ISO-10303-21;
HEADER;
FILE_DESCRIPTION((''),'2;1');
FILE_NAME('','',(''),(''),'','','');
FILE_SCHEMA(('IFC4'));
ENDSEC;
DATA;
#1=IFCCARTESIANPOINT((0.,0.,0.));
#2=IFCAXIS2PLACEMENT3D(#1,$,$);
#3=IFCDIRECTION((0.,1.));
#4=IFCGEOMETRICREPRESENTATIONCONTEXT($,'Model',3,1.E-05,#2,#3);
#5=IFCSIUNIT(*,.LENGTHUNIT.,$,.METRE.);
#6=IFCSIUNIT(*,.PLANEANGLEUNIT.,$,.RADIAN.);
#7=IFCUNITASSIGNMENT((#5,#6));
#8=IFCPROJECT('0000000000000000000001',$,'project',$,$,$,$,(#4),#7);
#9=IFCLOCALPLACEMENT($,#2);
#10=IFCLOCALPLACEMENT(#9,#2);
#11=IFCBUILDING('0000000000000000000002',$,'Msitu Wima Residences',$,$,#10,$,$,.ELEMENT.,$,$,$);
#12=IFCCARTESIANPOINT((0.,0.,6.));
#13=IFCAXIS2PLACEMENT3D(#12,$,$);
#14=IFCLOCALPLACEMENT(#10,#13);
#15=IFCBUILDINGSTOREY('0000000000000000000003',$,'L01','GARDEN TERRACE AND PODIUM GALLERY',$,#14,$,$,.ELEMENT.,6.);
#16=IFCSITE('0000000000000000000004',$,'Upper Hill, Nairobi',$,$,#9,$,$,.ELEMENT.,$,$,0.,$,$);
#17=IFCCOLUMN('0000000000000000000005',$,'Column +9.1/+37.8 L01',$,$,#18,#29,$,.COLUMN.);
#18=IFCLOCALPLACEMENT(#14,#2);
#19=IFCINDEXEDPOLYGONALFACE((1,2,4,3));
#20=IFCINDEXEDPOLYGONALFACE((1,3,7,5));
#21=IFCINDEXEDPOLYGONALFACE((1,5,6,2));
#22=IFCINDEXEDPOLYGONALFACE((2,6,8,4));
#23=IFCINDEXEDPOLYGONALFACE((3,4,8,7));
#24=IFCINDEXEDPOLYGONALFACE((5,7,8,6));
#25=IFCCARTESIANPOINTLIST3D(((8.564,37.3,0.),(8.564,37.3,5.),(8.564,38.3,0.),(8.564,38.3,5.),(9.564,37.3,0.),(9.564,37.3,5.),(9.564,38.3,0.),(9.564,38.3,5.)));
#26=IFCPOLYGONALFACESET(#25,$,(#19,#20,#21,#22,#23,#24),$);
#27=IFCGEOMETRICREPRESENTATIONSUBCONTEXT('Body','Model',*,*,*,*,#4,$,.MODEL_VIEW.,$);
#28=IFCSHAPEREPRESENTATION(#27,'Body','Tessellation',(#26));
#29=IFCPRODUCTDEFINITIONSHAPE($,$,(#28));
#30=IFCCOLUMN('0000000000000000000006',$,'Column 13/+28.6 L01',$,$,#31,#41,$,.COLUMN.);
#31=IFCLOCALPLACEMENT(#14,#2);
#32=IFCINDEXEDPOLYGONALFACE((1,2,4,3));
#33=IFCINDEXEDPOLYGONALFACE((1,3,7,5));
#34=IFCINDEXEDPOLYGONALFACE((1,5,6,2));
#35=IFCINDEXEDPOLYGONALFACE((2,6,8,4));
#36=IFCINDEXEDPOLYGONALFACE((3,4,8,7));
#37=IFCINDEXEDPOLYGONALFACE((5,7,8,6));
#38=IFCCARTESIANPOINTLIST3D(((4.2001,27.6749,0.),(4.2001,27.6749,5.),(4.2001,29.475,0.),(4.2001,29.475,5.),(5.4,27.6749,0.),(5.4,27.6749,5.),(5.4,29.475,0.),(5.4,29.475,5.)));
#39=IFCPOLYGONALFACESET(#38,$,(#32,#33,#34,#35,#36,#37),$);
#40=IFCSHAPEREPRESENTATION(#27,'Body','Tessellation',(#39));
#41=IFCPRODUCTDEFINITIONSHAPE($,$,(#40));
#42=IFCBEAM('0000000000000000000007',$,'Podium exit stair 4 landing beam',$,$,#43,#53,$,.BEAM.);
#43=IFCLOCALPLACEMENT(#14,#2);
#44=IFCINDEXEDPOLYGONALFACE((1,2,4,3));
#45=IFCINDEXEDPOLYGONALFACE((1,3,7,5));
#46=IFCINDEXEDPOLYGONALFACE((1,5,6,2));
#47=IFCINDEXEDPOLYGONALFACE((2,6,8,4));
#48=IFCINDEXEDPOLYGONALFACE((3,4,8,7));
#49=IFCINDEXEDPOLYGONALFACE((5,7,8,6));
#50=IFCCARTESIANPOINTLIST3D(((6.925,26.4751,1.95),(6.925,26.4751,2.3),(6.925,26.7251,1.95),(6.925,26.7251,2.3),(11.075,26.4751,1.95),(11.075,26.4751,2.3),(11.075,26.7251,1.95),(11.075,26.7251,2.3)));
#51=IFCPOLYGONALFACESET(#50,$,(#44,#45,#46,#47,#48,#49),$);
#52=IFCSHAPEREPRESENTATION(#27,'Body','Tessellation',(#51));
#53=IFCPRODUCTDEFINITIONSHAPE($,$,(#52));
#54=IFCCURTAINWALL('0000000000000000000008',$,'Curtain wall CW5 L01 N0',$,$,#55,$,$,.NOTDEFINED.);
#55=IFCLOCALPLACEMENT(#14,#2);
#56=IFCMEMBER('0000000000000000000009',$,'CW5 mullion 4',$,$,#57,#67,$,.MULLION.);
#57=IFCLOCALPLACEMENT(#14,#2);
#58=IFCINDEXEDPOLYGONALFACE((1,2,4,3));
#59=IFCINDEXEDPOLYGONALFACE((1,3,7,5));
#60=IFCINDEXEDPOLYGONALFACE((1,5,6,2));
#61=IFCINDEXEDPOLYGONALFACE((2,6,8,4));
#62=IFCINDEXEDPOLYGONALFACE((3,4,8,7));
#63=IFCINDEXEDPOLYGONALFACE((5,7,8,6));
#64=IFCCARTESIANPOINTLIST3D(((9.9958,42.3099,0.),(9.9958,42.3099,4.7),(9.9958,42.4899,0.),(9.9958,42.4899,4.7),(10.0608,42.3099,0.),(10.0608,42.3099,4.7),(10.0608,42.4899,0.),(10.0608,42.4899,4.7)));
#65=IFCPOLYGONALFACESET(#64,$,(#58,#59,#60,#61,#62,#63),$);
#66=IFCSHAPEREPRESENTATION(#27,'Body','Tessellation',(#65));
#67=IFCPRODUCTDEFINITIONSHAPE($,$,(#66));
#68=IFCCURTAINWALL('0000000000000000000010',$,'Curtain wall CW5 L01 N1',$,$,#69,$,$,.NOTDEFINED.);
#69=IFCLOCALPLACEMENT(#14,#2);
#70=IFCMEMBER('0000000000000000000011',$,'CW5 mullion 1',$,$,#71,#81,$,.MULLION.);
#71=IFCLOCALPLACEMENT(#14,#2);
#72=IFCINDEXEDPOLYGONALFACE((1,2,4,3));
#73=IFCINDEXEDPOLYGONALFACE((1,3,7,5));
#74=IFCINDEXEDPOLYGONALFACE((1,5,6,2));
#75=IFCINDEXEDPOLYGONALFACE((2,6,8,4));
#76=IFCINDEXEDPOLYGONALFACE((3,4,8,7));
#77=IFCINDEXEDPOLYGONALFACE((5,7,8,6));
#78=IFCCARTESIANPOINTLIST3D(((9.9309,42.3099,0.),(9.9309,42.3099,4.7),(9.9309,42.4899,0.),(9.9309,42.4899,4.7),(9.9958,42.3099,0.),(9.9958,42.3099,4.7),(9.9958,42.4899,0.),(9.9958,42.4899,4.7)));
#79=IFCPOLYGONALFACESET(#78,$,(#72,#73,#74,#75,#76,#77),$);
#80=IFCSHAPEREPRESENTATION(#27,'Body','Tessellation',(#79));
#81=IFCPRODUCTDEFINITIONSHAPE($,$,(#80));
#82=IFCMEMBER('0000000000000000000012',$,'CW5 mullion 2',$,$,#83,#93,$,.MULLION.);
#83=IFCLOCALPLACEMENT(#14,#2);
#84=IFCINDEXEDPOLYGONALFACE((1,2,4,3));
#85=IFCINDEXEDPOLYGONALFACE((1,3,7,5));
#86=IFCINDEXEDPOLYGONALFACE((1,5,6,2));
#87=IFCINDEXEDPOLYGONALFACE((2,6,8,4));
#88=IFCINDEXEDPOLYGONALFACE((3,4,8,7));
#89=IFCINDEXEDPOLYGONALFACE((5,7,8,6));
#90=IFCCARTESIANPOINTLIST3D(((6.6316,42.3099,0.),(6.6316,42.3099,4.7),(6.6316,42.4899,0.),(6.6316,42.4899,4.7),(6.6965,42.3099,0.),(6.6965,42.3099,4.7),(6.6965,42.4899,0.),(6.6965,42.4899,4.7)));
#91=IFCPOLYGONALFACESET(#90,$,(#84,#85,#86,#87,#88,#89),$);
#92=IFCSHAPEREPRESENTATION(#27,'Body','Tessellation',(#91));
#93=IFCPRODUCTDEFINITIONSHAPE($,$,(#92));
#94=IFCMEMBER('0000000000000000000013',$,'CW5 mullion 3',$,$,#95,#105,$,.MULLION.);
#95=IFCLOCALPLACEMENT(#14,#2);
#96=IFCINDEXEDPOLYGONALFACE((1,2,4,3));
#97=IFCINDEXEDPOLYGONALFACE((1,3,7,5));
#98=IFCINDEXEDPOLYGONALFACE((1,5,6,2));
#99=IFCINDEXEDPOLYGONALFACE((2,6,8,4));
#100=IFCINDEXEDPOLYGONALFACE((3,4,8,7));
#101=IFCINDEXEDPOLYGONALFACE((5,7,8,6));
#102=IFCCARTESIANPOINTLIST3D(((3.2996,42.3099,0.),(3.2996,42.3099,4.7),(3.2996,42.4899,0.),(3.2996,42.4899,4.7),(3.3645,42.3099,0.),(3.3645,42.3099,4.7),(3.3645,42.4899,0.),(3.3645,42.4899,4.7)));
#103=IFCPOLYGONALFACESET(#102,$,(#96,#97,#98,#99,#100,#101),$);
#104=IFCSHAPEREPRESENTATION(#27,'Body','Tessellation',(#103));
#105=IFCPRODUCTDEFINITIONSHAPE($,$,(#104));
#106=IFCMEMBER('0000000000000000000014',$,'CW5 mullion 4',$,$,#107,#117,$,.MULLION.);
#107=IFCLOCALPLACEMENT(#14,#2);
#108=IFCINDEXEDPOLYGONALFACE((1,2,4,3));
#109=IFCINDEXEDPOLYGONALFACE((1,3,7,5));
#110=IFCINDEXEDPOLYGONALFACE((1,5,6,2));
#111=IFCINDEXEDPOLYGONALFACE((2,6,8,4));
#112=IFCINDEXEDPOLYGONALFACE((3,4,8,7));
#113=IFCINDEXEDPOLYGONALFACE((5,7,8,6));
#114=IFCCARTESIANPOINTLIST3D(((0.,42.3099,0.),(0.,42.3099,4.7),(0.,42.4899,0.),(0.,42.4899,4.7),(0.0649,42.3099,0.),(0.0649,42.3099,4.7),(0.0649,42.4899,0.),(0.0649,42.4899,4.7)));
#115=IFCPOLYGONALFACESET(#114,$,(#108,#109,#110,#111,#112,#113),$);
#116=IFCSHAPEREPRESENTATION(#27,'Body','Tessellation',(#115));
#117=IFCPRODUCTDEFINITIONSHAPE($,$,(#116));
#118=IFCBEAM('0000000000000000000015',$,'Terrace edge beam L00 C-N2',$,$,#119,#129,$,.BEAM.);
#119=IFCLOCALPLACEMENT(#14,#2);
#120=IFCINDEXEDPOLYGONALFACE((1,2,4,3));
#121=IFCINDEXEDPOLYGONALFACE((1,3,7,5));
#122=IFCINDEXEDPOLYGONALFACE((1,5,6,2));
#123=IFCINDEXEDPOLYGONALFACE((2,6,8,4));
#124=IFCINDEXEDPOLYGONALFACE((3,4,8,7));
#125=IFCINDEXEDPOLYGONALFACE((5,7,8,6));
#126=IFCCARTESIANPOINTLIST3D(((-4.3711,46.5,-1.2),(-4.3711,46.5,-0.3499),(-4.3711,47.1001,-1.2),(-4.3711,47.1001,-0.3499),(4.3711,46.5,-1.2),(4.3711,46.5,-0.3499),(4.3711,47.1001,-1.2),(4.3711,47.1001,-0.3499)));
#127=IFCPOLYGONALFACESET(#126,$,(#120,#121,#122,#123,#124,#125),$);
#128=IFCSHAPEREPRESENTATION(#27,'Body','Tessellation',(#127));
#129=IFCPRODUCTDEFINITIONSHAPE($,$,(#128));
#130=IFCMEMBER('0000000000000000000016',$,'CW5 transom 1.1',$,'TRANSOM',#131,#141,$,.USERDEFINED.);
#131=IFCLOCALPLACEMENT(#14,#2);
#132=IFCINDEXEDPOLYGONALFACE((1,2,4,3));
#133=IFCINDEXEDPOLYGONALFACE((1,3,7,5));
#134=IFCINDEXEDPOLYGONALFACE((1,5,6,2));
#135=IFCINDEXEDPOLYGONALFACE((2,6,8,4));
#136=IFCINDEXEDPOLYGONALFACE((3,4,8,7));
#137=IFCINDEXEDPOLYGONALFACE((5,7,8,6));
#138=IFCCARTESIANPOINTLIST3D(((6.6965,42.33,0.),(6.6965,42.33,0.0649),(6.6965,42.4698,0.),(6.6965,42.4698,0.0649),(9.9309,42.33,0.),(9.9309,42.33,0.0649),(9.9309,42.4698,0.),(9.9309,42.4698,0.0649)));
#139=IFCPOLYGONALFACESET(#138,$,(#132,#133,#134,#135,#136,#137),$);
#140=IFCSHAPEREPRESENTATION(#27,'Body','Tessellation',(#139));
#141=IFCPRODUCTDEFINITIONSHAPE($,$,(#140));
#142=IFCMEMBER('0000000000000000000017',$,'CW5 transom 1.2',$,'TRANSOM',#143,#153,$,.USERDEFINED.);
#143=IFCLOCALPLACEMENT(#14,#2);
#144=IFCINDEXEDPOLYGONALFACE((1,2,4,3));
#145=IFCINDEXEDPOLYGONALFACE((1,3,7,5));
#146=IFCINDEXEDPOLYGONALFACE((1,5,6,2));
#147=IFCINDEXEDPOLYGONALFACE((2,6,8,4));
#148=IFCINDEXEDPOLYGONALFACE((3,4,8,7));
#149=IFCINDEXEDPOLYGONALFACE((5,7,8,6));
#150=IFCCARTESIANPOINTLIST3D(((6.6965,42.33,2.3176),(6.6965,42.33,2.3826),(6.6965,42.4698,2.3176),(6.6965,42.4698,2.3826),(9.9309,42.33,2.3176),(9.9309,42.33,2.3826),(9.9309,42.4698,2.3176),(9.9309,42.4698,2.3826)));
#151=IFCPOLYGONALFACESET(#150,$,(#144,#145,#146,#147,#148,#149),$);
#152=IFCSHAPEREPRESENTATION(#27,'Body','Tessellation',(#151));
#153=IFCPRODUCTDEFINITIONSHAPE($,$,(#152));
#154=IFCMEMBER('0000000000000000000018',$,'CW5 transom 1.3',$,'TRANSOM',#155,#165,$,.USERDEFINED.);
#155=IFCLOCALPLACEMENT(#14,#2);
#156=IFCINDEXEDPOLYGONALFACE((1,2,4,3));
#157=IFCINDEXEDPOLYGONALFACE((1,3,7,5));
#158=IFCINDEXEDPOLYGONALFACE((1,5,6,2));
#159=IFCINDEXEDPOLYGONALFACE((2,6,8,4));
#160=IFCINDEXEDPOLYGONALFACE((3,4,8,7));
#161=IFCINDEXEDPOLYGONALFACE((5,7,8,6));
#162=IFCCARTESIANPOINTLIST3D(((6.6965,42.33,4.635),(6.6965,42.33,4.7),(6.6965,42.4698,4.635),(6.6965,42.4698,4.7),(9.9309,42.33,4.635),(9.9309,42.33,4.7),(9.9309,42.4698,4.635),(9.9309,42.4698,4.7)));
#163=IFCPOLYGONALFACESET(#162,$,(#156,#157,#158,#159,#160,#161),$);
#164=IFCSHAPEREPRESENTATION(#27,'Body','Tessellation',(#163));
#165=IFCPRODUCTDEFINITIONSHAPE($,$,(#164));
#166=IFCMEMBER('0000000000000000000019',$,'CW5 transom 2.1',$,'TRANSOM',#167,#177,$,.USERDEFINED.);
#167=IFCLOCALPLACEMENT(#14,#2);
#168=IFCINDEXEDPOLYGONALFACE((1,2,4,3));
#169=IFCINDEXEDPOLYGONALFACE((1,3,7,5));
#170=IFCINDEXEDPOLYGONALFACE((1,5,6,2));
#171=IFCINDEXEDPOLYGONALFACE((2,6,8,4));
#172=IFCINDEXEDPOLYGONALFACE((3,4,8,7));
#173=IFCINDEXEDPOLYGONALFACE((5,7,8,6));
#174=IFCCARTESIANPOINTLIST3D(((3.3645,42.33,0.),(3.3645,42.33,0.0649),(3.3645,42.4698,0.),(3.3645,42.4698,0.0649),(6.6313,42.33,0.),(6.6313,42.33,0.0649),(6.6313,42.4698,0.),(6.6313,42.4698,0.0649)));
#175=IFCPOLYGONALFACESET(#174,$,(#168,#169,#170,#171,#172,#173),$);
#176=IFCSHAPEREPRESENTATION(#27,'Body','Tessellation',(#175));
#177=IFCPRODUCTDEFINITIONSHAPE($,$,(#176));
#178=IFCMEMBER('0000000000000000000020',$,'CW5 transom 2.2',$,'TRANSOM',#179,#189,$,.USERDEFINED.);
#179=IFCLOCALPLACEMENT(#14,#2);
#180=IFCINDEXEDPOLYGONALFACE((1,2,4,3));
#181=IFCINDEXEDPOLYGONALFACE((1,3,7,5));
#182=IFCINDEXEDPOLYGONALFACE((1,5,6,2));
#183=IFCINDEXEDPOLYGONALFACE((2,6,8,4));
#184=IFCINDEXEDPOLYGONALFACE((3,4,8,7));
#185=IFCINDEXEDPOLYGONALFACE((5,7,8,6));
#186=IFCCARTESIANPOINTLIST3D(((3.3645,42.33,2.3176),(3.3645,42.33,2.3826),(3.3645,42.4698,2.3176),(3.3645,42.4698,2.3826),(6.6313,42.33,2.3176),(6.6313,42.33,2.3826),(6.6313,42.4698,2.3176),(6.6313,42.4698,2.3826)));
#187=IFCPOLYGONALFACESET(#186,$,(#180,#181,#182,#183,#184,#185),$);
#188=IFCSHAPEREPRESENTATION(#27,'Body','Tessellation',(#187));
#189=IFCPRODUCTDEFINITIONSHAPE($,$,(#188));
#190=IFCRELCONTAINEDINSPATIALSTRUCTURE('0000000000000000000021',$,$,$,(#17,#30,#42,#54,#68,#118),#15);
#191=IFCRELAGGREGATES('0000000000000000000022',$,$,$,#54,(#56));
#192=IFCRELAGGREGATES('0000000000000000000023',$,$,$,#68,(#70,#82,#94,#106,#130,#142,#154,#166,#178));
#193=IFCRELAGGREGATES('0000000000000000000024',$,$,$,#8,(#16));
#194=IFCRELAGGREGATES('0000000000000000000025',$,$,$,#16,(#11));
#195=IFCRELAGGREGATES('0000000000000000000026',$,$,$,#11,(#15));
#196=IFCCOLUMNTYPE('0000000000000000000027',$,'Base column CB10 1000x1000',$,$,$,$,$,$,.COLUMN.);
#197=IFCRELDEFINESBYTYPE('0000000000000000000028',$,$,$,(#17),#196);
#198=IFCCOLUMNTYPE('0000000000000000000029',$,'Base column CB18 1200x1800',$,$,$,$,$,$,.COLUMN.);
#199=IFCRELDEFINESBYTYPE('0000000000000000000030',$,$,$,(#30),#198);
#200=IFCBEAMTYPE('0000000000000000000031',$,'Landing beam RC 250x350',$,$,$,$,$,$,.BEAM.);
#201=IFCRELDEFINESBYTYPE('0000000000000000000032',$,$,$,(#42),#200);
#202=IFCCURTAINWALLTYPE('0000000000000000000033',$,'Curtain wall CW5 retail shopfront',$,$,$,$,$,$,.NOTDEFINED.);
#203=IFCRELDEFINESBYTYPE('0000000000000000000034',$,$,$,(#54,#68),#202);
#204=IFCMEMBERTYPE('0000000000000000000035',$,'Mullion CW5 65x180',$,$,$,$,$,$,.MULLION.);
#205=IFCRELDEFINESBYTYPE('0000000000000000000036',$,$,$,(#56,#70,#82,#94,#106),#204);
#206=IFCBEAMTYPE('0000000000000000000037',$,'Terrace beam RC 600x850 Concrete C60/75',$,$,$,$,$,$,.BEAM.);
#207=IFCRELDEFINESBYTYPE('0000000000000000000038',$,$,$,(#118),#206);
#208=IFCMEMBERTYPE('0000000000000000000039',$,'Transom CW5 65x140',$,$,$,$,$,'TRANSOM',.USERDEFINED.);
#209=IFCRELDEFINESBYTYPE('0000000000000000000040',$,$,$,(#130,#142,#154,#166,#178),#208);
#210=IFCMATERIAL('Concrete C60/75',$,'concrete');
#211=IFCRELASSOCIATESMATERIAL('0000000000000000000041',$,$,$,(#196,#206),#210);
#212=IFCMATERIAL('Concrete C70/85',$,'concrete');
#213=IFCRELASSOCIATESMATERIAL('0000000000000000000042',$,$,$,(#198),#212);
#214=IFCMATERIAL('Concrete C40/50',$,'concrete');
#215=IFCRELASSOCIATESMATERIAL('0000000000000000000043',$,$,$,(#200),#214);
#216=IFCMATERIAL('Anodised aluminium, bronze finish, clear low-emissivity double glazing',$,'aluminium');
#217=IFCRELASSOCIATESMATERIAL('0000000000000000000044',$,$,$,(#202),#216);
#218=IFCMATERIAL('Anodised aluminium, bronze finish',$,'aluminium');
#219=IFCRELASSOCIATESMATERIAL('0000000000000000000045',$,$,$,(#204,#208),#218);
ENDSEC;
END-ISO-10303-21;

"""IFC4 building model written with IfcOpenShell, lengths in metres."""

from ifc_helpers import new_model, si_unit, direction, frame, origin, origin_2d, place, context, subcontext, project, spatial, rectangle, extrude, material, material_profile, profile_set, type_object, element, aggregate, save


model = new_model("IFC4")

# Units and contexts
model_context = context("Model", 3, precision=1e-05, world=origin(), true_north=direction((0.0, 1.0)))
body_context = subcontext(model_context, "Body", "Model", "MODEL_VIEW")
ifc_project = project(units=[si_unit("LENGTHUNIT", "METRE"), si_unit("PLANEANGLEUNIT", "RADIAN")], contexts=[model_context])

# Site, building, storey
site_placement = place(None, origin())
site = spatial("IfcSite", under=ifc_project, at=site_placement, Name="Upper Hill, Nairobi", CompositionType="ELEMENT", RefElevation=0.0)
building_placement = place(site_placement, origin())
building = spatial("IfcBuilding", under=site, at=building_placement, Name="Msitu Wima Residences", CompositionType="ELEMENT")
storey_placement = place(building_placement, frame((0.0, 0.0, 6.0)))
storey = spatial("IfcBuildingStorey", under=building, at=storey_placement, Name="L01", Description="GARDEN TERRACE AND PODIUM GALLERY", CompositionType="ELEMENT", Elevation=6.0)

# Columns
ifc_material_1 = material(Name="Concrete C60/75", Category="concrete")
ifc_material_profile_1 = material_profile(ifc_material_1, rectangle(XDim=1.0, YDim=1.0, at=origin_2d()), Name="RC 1000x1000")
ifc_profile_set_1 = profile_set([ifc_material_profile_1], Name="Concrete C60/75")
column_type_1 = type_object("IfcColumnType", Name="Base column CB10 1000x1000", PredefinedType="COLUMN", material=ifc_profile_set_1)
column_1_placement = place(storey_placement, frame((9.064, 37.8, 0.0), z_axis=(0.0, 0.0, 1.0), x_axis=(1.0, 0.0, 0.0)))
element("IfcColumn", 1, at=column_1_placement, inside=storey, type_object=column_type_1, Name="Column +9.1/+37.8 L01", PredefinedType="COLUMN", context=body_context, shape_type="SweptSolid", body=[
    extrude(rectangle(XDim=1.0, YDim=1.0, at=origin_2d()), origin(), (0.0, 0.0, 1.0), 5.0),
])
ifc_material_2 = material(Name="Concrete C70/85", Category="concrete")
ifc_material_profile_2 = material_profile(ifc_material_2, rectangle(XDim=1.2, YDim=1.8, at=origin_2d()), Name="RC 1200x1800")
ifc_profile_set_2 = profile_set([ifc_material_profile_2], Name="Concrete C70/85")
column_type_2 = type_object("IfcColumnType", Name="Base column CB18 1200x1800", PredefinedType="COLUMN", material=ifc_profile_set_2)
column_2_placement = place(storey_placement, frame((4.8, 28.575, 0.0), z_axis=(0.0, 0.0, 1.0), x_axis=(-1.0, 0.0, 0.0)))
element("IfcColumn", 2, at=column_2_placement, inside=storey, type_object=column_type_2, Name="Column 13/+28.6 L01", PredefinedType="COLUMN", context=body_context, shape_type="SweptSolid", body=[
    extrude(rectangle(XDim=1.2, YDim=1.8, at=origin_2d()), origin(), (0.0, 0.0, 1.0), 5.0),
])

# Beam
ifc_material_3 = material(Name="Concrete C40/50", Category="concrete")
ifc_material_profile_3 = material_profile(ifc_material_3, rectangle(XDim=0.25, YDim=0.3501, at=origin_2d()), Name="RC 250x350")
ifc_profile_set_3 = profile_set([ifc_material_profile_3], Name="Concrete C40/50")
beam_type_1 = type_object("IfcBeamType", Name="Landing beam RC 250x350", PredefinedType="BEAM", material=ifc_profile_set_3)
beam_1_placement = place(storey_placement, frame((6.925, 26.6001, 2.125), z_axis=(1.0, 0.0, 0.0), x_axis=(0.0, 1.0, 0.0)))
element("IfcBeam", 3, at=beam_1_placement, inside=storey, type_object=beam_type_1, Name="Podium exit stair 4 landing beam", PredefinedType="BEAM", context=body_context, shape_type="SweptSolid", body=[
    extrude(rectangle(XDim=0.25, YDim=0.3501, at=origin_2d()), origin(), (0.0, 0.0, 1.0), 4.1499),
])

# Curtain wall, member
ifc_material_4 = material(Name="Anodised aluminium, bronze finish, clear low-emissivity double glazing", Category="aluminium")
curtain_wall_type = type_object("IfcCurtainWallType", Name="Curtain wall CW5 retail shopfront", PredefinedType="NOTDEFINED", material=ifc_material_4)
curtain_wall_1_placement = place(storey_placement, origin())
curtain_wall_1 = element("IfcCurtainWall", 4, at=curtain_wall_1_placement, inside=storey, type_object=curtain_wall_type, Name="Curtain wall CW5 L01 N0", PredefinedType="NOTDEFINED")
ifc_material_5 = material(Name="Anodised aluminium, bronze finish", Category="aluminium")
ifc_material_profile_4 = material_profile(ifc_material_5, rectangle(XDim=0.1799, YDim=0.0649, at=origin_2d()), Name="Mullion 65x180")
ifc_profile_set_4 = profile_set([ifc_material_profile_4], Name="Anodised aluminium, bronze finish")
member_type_1 = type_object("IfcMemberType", Name="Mullion CW5 65x180", PredefinedType="MULLION", material=ifc_profile_set_4)
member_1_placement = place(storey_placement, frame((10.0283, 42.3999, 0.0), z_axis=(0.0, 0.0, 1.0), x_axis=(0.0, -1.0, 0.0)))
member_1 = element("IfcMember", 5, at=member_1_placement, type_object=member_type_1, Name="CW5 mullion 4", PredefinedType="MULLION", context=body_context, shape_type="SweptSolid", body=[
    extrude(rectangle(XDim=0.1799, YDim=0.0649, at=origin_2d()), origin(), (0.0, 0.0, 1.0), 4.7),
])
aggregate(curtain_wall_1, [member_1])

# Curtain wall, members
curtain_wall_2_placement = place(storey_placement, origin())
curtain_wall_2 = element("IfcCurtainWall", 6, at=curtain_wall_2_placement, inside=storey, type_object=curtain_wall_type, Name="Curtain wall CW5 L01 N1", PredefinedType="NOTDEFINED")
member_2_placement = place(storey_placement, frame((9.9634, 42.3999, 0.0), z_axis=(0.0, 0.0, 1.0), x_axis=(0.0, -1.0, 0.0)))
member_2 = element("IfcMember", 7, at=member_2_placement, type_object=member_type_1, Name="CW5 mullion 1", PredefinedType="MULLION", context=body_context, shape_type="SweptSolid", body=[
    extrude(rectangle(XDim=0.1799, YDim=0.0649, at=origin_2d()), origin(), (0.0, 0.0, 1.0), 4.7),
])
member_3_placement = place(storey_placement, frame((6.6641, 42.3999, 0.0), z_axis=(0.0, 0.0, 1.0), x_axis=(0.0, -1.0, 0.0)))
member_3 = element("IfcMember", 8, at=member_3_placement, type_object=member_type_1, Name="CW5 mullion 2", PredefinedType="MULLION", context=body_context, shape_type="SweptSolid", body=[
    extrude(rectangle(XDim=0.1799, YDim=0.0649, at=origin_2d()), origin(), (0.0, 0.0, 1.0), 4.7),
])
member_4_placement = place(storey_placement, frame((3.332, 42.3999, 0.0), z_axis=(0.0, 0.0, 1.0), x_axis=(0.0, -1.0, 0.0)))
member_4 = element("IfcMember", 9, at=member_4_placement, type_object=member_type_1, Name="CW5 mullion 3", PredefinedType="MULLION", context=body_context, shape_type="SweptSolid", body=[
    extrude(rectangle(XDim=0.1799, YDim=0.0649, at=origin_2d()), origin(), (0.0, 0.0, 1.0), 4.7),
])
member_5_placement = place(storey_placement, frame((0.0325, 42.3999, 0.0), z_axis=(0.0, 0.0, 1.0), x_axis=(0.0, -1.0, 0.0)))
member_5 = element("IfcMember", 10, at=member_5_placement, type_object=member_type_1, Name="CW5 mullion 4", PredefinedType="MULLION", context=body_context, shape_type="SweptSolid", body=[
    extrude(rectangle(XDim=0.1799, YDim=0.0649, at=origin_2d()), origin(), (0.0, 0.0, 1.0), 4.7),
])

# Beam
ifc_material_profile_5 = material_profile(ifc_material_1, rectangle(XDim=0.6001, YDim=0.8501, at=origin_2d()), Name="RC 600x850")
ifc_profile_set_5 = profile_set([ifc_material_profile_5], Name="Concrete C60/75")
beam_type_2 = type_object("IfcBeamType", Name="Terrace beam RC 600x850 Concrete C60/75", PredefinedType="BEAM", material=ifc_profile_set_5)
beam_2_placement = place(storey_placement, frame((4.3711, 46.8, -0.7749), z_axis=(-1.0, 0.0, 0.0), x_axis=(0.0, -1.0, 0.0)))
element("IfcBeam", 11, at=beam_2_placement, inside=storey, type_object=beam_type_2, Name="Terrace edge beam L00 C-N2", PredefinedType="BEAM", context=body_context, shape_type="SweptSolid", body=[
    extrude(rectangle(XDim=0.6001, YDim=0.8501, at=origin_2d()), origin(), (0.0, 0.0, 1.0), 8.7422),
])

# Members
ifc_material_profile_6 = material_profile(ifc_material_5, rectangle(XDim=0.1399, YDim=0.0649, at=origin_2d()), Name="Transom 65x140")
ifc_profile_set_6 = profile_set([ifc_material_profile_6], Name="Anodised aluminium, bronze finish")
member_type_2 = type_object("IfcMemberType", Name="Transom CW5 65x140", ElementType="TRANSOM", PredefinedType="USERDEFINED", material=ifc_profile_set_6)
member_6_placement = place(storey_placement, frame((9.9309, 42.3999, 0.0325), z_axis=(-1.0, 0.0, 0.0), x_axis=(0.0, -1.0, 0.0)))
member_6 = element("IfcMember", 12, at=member_6_placement, type_object=member_type_2, Name="CW5 transom 1.1", ObjectType="TRANSOM", PredefinedType="USERDEFINED", context=body_context, shape_type="SweptSolid", body=[
    extrude(rectangle(XDim=0.1399, YDim=0.0649, at=origin_2d()), origin(), (0.0, 0.0, 1.0), 3.2344),
])
member_7_placement = place(storey_placement, frame((9.9309, 42.3999, 2.3501), z_axis=(-1.0, 0.0, 0.0), x_axis=(0.0, -1.0, 0.0)))
member_7 = element("IfcMember", 13, at=member_7_placement, type_object=member_type_2, Name="CW5 transom 1.2", ObjectType="TRANSOM", PredefinedType="USERDEFINED", context=body_context, shape_type="SweptSolid", body=[
    extrude(rectangle(XDim=0.1399, YDim=0.0649, at=origin_2d()), origin(), (0.0, 0.0, 1.0), 3.2344),
])
member_8_placement = place(storey_placement, frame((9.9309, 42.3999, 4.6675), z_axis=(-1.0, 0.0, 0.0), x_axis=(0.0, -1.0, 0.0)))
member_8 = element("IfcMember", 14, at=member_8_placement, type_object=member_type_2, Name="CW5 transom 1.3", ObjectType="TRANSOM", PredefinedType="USERDEFINED", context=body_context, shape_type="SweptSolid", body=[
    extrude(rectangle(XDim=0.1399, YDim=0.0649, at=origin_2d()), origin(), (0.0, 0.0, 1.0), 3.2344),
])
member_9_placement = place(storey_placement, frame((6.6313, 42.3999, 0.0325), z_axis=(-1.0, 0.0, 0.0), x_axis=(0.0, -1.0, 0.0)))
member_9 = element("IfcMember", 15, at=member_9_placement, type_object=member_type_2, Name="CW5 transom 2.1", ObjectType="TRANSOM", PredefinedType="USERDEFINED", context=body_context, shape_type="SweptSolid", body=[
    extrude(rectangle(XDim=0.1399, YDim=0.0649, at=origin_2d()), origin(), (0.0, 0.0, 1.0), 3.2668),
])
member_10_placement = place(storey_placement, frame((6.6313, 42.3999, 2.3501), z_axis=(-1.0, 0.0, 0.0), x_axis=(0.0, -1.0, 0.0)))
member_10 = element("IfcMember", 16, at=member_10_placement, type_object=member_type_2, Name="CW5 transom 2.2", ObjectType="TRANSOM", PredefinedType="USERDEFINED", context=body_context, shape_type="SweptSolid", body=[
    extrude(rectangle(XDim=0.1399, YDim=0.0649, at=origin_2d()), origin(), (0.0, 0.0, 1.0), 3.2668),
])

aggregate(curtain_wall_2, [member_2, member_3, member_4, member_5, member_6, member_7, member_8, member_9, member_10])

save(model, "model.ifc")
